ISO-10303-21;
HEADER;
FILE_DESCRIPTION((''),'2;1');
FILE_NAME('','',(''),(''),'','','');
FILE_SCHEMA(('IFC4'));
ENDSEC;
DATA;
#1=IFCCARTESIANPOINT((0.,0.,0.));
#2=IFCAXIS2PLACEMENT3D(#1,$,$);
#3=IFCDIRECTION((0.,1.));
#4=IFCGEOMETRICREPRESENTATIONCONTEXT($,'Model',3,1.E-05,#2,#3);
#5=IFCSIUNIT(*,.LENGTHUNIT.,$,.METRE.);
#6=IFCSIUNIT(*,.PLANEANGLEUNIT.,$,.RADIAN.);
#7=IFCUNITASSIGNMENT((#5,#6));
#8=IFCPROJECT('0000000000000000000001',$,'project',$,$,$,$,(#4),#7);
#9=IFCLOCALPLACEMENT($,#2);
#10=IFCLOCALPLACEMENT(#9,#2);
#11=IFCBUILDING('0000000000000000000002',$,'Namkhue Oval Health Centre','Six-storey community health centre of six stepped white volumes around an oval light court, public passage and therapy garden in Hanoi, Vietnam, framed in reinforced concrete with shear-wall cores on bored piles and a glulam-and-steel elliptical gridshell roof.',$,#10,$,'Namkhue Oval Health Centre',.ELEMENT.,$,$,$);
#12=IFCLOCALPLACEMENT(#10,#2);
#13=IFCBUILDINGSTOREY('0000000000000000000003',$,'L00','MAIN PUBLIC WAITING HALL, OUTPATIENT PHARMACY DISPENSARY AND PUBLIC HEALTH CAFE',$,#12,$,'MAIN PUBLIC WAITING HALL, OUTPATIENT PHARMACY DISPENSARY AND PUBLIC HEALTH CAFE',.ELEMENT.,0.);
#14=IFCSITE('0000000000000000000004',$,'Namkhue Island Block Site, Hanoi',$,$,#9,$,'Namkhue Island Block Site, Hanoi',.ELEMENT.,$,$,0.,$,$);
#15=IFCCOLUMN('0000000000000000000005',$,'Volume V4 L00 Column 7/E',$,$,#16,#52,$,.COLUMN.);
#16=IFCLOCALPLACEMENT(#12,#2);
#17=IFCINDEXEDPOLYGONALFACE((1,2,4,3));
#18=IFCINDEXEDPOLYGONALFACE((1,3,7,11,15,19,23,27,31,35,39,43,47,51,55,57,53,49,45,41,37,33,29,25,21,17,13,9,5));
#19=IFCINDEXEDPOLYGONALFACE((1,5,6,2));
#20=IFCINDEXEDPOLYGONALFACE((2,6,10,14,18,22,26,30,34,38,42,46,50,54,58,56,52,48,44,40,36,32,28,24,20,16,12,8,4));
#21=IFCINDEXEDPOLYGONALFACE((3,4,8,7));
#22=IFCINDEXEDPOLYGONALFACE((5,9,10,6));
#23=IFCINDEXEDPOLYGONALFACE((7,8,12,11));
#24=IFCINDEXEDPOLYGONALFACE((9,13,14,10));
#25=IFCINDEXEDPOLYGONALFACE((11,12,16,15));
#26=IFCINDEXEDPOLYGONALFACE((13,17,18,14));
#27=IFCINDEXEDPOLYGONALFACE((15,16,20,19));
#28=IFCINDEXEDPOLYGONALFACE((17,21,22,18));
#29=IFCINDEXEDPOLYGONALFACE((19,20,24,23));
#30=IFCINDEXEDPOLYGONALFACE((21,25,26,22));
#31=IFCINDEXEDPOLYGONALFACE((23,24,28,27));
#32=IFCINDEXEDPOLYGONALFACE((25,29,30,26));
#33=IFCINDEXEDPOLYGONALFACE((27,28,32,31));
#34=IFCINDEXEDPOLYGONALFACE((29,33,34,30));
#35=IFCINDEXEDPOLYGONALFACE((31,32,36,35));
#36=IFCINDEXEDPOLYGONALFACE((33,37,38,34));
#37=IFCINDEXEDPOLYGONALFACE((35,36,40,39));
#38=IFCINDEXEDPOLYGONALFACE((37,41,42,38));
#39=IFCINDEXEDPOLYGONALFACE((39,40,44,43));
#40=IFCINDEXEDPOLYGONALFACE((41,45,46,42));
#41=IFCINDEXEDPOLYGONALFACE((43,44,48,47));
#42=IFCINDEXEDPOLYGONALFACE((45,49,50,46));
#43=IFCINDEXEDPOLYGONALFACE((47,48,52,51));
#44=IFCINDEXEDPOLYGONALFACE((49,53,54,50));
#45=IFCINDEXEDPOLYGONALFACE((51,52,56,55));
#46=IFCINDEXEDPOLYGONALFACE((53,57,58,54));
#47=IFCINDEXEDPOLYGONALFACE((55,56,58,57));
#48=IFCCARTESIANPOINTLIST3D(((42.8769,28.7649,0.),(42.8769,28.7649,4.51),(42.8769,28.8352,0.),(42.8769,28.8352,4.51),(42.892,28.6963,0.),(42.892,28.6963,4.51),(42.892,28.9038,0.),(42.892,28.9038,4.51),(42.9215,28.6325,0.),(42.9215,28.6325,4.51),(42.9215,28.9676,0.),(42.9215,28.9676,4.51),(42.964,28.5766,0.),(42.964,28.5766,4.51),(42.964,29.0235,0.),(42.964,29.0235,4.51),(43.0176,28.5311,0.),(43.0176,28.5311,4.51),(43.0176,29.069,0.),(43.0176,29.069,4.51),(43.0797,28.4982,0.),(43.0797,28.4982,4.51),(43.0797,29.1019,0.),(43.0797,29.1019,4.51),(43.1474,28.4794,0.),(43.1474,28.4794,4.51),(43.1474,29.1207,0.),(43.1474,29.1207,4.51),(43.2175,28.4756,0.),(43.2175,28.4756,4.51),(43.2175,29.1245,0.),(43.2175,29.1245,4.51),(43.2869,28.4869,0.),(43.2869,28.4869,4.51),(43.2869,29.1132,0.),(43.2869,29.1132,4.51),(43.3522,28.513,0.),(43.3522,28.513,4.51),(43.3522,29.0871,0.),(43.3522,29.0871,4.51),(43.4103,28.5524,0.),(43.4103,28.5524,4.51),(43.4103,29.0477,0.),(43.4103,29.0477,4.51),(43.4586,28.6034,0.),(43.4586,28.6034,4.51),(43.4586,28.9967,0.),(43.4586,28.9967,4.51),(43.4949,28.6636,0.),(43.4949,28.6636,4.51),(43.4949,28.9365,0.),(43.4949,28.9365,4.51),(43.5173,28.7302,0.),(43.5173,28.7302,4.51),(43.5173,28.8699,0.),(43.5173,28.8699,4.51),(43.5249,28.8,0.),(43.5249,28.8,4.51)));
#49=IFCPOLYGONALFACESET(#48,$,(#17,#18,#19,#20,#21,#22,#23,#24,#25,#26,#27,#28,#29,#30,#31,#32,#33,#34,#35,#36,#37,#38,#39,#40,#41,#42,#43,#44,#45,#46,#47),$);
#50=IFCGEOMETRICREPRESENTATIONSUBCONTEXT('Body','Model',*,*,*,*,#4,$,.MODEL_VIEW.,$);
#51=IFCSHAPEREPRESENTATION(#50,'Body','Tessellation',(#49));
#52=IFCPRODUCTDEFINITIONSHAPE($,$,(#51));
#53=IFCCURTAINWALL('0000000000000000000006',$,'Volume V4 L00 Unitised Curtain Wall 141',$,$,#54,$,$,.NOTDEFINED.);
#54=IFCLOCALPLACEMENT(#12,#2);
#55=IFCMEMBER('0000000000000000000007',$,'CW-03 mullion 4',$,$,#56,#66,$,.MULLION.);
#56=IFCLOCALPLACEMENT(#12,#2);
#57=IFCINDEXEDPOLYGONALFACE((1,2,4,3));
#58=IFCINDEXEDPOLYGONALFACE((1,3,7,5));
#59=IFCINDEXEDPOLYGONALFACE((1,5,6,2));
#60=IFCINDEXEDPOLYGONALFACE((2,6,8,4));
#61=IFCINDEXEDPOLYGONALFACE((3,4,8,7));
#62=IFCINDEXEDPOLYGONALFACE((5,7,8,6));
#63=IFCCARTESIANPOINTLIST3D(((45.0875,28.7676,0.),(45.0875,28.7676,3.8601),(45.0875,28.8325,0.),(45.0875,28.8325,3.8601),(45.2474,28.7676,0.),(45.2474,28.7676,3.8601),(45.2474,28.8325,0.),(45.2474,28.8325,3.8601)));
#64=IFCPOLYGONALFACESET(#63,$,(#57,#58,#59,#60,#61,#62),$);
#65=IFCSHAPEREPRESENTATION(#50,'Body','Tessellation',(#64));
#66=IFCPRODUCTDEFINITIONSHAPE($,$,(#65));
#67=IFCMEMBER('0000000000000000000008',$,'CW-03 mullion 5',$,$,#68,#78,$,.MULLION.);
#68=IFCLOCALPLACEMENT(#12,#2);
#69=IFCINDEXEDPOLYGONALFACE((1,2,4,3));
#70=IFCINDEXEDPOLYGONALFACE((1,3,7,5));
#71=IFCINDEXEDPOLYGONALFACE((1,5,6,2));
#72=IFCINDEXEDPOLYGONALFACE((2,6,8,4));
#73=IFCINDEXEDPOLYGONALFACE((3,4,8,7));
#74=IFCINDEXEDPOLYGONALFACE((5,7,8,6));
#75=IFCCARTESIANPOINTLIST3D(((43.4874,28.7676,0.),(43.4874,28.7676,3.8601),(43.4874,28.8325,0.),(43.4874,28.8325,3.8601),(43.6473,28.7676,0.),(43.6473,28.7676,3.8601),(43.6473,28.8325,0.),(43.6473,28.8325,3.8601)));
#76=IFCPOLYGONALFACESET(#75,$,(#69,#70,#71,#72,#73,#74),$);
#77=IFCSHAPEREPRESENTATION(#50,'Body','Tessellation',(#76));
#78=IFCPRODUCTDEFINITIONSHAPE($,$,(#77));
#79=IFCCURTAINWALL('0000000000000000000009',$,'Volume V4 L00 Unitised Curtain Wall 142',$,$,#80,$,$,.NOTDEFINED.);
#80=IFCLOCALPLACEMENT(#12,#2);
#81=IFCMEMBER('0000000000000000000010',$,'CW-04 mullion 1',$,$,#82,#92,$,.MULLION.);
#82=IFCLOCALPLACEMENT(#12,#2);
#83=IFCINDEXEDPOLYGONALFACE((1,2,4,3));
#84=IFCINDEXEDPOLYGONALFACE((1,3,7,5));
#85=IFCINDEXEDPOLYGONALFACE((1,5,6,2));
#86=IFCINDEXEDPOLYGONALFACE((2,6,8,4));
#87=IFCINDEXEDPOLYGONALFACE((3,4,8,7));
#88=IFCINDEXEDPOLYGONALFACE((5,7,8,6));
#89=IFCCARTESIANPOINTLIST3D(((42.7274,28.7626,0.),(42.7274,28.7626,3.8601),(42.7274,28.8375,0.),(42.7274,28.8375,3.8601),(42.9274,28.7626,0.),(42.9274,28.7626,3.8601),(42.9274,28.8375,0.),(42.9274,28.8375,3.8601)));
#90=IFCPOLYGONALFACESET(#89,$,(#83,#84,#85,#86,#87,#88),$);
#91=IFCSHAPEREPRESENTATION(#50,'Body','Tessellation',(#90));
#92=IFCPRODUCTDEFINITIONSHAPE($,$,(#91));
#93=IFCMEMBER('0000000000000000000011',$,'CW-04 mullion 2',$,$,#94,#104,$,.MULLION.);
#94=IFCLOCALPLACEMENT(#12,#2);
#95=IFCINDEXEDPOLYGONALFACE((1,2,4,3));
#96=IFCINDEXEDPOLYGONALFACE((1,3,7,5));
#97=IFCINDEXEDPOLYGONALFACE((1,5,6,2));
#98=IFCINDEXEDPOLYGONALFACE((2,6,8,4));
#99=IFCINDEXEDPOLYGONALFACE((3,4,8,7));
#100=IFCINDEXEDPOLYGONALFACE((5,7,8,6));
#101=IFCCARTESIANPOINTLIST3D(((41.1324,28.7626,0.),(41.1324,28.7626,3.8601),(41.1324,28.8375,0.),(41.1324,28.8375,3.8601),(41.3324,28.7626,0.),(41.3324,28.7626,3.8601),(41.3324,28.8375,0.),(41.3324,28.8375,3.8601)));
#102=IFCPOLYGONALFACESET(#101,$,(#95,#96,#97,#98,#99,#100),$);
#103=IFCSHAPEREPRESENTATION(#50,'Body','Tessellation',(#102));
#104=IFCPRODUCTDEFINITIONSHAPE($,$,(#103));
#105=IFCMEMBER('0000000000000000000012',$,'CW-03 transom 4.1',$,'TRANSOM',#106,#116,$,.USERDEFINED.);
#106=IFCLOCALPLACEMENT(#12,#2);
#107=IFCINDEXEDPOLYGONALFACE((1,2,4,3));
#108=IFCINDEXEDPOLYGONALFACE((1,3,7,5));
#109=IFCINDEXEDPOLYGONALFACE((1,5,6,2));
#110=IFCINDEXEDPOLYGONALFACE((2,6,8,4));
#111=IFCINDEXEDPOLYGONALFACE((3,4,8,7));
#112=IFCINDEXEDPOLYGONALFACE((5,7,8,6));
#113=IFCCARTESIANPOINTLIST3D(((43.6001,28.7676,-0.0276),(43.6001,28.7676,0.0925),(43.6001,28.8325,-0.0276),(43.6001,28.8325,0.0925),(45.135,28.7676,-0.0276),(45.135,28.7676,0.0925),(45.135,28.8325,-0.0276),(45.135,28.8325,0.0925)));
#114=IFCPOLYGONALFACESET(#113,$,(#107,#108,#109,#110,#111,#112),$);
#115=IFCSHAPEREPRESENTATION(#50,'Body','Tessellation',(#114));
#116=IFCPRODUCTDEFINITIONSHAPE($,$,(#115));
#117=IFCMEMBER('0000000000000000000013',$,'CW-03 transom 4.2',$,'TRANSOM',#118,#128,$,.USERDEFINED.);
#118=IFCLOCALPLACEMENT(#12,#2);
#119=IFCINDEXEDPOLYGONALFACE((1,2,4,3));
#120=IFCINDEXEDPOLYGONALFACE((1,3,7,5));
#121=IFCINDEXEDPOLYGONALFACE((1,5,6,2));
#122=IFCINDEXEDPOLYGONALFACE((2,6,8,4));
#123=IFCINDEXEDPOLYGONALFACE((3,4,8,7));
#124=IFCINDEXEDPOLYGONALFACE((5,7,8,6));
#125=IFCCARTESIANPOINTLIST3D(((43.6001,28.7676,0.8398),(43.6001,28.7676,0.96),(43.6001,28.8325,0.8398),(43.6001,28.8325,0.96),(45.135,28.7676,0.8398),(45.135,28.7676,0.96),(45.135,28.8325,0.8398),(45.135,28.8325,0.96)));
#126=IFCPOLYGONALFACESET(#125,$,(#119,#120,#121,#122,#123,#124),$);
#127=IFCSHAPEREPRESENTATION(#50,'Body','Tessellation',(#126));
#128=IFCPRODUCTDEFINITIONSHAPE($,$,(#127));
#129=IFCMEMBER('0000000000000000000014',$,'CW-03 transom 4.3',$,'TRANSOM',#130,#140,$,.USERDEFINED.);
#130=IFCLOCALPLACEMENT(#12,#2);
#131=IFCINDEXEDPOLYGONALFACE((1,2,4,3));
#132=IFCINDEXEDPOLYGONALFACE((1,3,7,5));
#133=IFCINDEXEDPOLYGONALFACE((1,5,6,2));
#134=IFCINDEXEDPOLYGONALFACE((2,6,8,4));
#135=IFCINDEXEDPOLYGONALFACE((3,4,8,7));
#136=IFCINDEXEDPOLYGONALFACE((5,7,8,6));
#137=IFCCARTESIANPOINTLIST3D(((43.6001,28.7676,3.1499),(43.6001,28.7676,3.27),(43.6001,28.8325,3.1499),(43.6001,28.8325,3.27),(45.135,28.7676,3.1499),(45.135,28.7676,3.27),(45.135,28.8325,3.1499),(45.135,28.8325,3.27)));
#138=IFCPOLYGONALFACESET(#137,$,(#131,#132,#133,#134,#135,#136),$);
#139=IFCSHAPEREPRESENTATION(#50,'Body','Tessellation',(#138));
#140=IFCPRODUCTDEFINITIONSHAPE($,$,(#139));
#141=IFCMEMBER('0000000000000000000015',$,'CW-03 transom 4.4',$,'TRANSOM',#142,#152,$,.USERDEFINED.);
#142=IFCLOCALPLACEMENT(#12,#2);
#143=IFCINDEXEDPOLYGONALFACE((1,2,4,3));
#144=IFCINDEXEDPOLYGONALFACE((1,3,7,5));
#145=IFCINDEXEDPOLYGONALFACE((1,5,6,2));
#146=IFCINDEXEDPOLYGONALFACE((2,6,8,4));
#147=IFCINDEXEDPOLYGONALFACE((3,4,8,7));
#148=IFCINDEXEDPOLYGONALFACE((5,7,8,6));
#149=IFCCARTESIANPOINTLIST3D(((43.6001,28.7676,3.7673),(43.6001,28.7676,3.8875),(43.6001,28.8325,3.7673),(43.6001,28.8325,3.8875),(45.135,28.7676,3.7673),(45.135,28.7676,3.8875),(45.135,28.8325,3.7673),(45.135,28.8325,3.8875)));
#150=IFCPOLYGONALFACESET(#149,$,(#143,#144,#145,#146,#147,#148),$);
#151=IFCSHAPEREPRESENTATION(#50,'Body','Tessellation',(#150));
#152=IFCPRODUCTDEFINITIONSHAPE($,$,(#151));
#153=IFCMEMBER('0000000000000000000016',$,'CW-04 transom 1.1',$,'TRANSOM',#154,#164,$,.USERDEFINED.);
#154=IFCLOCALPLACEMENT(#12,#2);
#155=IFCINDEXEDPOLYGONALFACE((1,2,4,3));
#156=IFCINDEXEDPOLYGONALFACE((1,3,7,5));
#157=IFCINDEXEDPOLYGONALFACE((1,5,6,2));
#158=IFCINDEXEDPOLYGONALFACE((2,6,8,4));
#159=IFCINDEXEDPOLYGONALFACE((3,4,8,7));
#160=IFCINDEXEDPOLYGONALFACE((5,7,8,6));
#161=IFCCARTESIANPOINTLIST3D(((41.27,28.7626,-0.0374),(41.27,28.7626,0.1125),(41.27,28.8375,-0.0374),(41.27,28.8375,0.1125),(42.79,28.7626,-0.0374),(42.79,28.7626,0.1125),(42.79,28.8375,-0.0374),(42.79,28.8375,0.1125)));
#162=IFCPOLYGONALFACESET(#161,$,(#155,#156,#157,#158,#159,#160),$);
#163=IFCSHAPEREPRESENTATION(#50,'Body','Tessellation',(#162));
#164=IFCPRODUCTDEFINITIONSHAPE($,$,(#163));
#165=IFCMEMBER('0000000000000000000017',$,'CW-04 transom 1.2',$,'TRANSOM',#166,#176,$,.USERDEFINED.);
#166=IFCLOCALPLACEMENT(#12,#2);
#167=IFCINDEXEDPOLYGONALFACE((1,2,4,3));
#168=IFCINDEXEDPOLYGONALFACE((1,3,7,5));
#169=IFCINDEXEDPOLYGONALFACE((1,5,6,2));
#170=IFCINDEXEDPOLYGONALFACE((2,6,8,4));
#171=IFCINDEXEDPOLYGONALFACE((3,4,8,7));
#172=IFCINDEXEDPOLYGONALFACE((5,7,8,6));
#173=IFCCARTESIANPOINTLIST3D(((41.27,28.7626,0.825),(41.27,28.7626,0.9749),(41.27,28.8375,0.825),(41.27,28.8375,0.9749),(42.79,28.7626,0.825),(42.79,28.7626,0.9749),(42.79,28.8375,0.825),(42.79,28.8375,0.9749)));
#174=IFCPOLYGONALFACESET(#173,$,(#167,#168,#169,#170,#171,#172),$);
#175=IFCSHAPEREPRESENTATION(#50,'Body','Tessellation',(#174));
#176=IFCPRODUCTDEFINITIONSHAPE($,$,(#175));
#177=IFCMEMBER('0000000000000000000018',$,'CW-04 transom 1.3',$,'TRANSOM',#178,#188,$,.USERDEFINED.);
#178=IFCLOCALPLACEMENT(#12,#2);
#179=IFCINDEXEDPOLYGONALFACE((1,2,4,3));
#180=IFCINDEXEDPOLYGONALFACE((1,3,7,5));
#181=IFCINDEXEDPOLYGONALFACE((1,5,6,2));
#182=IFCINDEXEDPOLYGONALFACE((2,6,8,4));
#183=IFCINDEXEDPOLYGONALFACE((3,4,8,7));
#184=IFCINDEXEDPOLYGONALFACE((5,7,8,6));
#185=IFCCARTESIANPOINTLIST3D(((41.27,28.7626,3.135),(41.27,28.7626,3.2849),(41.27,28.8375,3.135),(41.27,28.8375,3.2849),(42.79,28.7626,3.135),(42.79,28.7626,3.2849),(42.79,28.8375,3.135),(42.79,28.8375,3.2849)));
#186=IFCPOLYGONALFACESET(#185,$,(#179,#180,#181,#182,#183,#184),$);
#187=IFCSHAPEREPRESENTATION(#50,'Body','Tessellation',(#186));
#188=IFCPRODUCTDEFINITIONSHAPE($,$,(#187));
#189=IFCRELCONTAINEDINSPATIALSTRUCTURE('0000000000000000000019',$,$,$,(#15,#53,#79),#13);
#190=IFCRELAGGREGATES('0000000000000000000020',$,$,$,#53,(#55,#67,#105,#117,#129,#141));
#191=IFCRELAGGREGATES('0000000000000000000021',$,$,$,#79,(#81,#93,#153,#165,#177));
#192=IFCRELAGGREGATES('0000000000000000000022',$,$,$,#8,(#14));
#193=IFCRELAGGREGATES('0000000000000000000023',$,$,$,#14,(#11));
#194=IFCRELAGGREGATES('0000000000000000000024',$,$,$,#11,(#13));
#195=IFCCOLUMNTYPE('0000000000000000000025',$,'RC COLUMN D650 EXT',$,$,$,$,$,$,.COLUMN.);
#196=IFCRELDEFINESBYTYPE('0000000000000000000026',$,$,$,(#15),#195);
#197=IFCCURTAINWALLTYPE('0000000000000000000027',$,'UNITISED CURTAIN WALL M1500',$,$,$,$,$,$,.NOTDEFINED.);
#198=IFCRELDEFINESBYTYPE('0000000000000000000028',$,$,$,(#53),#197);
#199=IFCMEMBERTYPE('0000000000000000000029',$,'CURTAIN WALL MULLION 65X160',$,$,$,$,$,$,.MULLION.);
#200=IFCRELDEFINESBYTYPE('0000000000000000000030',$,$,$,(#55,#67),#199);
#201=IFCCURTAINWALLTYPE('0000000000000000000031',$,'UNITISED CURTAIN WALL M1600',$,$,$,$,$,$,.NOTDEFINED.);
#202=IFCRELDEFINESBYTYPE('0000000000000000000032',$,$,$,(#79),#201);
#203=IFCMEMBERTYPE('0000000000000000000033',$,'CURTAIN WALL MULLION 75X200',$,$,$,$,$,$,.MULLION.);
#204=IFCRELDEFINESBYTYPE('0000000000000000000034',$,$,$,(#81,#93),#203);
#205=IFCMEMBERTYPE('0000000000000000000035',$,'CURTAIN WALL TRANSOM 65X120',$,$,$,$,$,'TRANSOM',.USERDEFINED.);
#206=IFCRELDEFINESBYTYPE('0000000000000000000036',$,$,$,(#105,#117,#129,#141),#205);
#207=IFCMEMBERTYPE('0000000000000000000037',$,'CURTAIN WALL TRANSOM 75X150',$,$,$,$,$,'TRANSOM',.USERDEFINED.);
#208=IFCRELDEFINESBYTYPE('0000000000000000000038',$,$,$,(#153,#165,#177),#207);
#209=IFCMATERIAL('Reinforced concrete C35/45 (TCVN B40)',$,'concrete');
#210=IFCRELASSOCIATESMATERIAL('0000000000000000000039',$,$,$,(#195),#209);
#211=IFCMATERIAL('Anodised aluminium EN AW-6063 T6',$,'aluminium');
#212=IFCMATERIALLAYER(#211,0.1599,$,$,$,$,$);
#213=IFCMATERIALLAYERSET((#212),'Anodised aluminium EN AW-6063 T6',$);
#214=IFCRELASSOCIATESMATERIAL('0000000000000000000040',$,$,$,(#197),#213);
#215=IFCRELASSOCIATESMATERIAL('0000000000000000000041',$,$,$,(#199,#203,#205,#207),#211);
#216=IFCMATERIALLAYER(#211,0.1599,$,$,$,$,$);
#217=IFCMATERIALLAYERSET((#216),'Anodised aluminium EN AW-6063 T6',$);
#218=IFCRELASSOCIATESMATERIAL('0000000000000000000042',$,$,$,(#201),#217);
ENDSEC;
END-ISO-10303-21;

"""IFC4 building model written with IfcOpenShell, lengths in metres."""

from ifc_helpers import new_model, si_unit, direction, frame, origin, origin_2d, place, context, subcontext, project, spatial, rectangle, circle, extrude, material, layer, layer_set, material_profile, profile_set, type_object, element, aggregate, save


model = new_model("IFC4")

# Units and contexts
model_context = context("Model", 3, precision=1e-05, world=origin(), true_north=direction((0.0, 1.0)))
body_context = subcontext(model_context, "Body", "Model", "MODEL_VIEW")
ifc_project = project(units=[si_unit("LENGTHUNIT", "METRE"), si_unit("PLANEANGLEUNIT", "RADIAN")], contexts=[model_context])

# Site, building, storey
site_placement = place(None, origin())
site = spatial("IfcSite", under=ifc_project, at=site_placement, Name="Namkhue Island Block Site, Hanoi", LongName="Namkhue Island Block Site, Hanoi", CompositionType="ELEMENT", RefElevation=0.0)
building_placement = place(site_placement, origin())
building = spatial("IfcBuilding", under=site, at=building_placement, Name="Namkhue Oval Health Centre", Description="Six-storey community health centre of six stepped white volumes around an oval light court, public passage and therapy garden in Hanoi, Vietnam, framed in reinforced concrete with shear-wall cores on bored piles and a glulam-and-steel elliptical gridshell roof.", LongName="Namkhue Oval Health Centre", CompositionType="ELEMENT")
storey_placement = place(building_placement, origin())
storey = spatial("IfcBuildingStorey", under=building, at=storey_placement, Name="L00", Description="MAIN PUBLIC WAITING HALL, OUTPATIENT PHARMACY DISPENSARY AND PUBLIC HEALTH CAFE", LongName="MAIN PUBLIC WAITING HALL, OUTPATIENT PHARMACY DISPENSARY AND PUBLIC HEALTH CAFE", CompositionType="ELEMENT", Elevation=0.0)

# Column
ifc_material_1 = material(Name="Reinforced concrete C35/45 (TCVN B40)", Category="concrete")
ifc_material_profile_1 = material_profile(ifc_material_1, circle(Radius=0.325, at=origin_2d()), Name="RC D650")
ifc_profile_set_1 = profile_set([ifc_material_profile_1], Name="Reinforced concrete C35/45 (TCVN B40)")
column_type = type_object("IfcColumnType", Name="RC COLUMN D650 EXT", PredefinedType="COLUMN", material=ifc_profile_set_1)
column_placement = place(storey_placement, frame((43.2, 28.8, 0.0), z_axis=(0.0, 0.0, 1.0), x_axis=(1.0, 0.0, 0.0)))
element("IfcColumn", 1, at=column_placement, inside=storey, type_object=column_type, Name="Volume V4 L00 Column 7/E", PredefinedType="COLUMN", context=body_context, shape_type="SweptSolid", body=[
    extrude(circle(Radius=0.325, at=origin_2d()), origin(), (0.0, 0.0, 1.0), 4.51),
])

# Curtain walls, members
ifc_material_2 = material(Name="Anodised aluminium EN AW-6063 T6", Category="aluminium")
ifc_layer_1 = layer(ifc_material_2, 0.1599)
ifc_layer_set_1 = layer_set([ifc_layer_1], Name="Anodised aluminium EN AW-6063 T6")
curtain_wall_type_1 = type_object("IfcCurtainWallType", Name="UNITISED CURTAIN WALL M1500", PredefinedType="NOTDEFINED", material=ifc_layer_set_1)
curtain_wall_1_placement = place(storey_placement, origin())
curtain_wall_1 = element("IfcCurtainWall", 2, at=curtain_wall_1_placement, inside=storey, type_object=curtain_wall_type_1, Name="Volume V4 L00 Unitised Curtain Wall 141", PredefinedType="NOTDEFINED")
ifc_material_profile_2 = material_profile(ifc_material_2, rectangle(XDim=0.0649, YDim=0.1599, at=origin_2d()), Name="ALU 65x160")
ifc_profile_set_2 = profile_set([ifc_material_profile_2], Name="Anodised aluminium EN AW-6063 T6")
member_type_1 = type_object("IfcMemberType", Name="CURTAIN WALL MULLION 65X160", PredefinedType="MULLION", material=ifc_profile_set_2)
member_1_placement = place(storey_placement, frame((45.1675, 28.8, 0.0), z_axis=(0.0, 0.0, 1.0), x_axis=(0.0, -1.0, 0.0)))
member_1 = element("IfcMember", 3, at=member_1_placement, type_object=member_type_1, Name="CW-03 mullion 4", PredefinedType="MULLION", context=body_context, shape_type="SweptSolid", body=[
    extrude(rectangle(XDim=0.0649, YDim=0.1599, at=origin_2d()), origin(), (0.0, 0.0, 1.0), 3.8601),
])
member_2_placement = place(storey_placement, frame((43.5674, 28.8, 0.0), z_axis=(0.0, 0.0, 1.0), x_axis=(0.0, -1.0, 0.0)))
member_2 = element("IfcMember", 4, at=member_2_placement, type_object=member_type_1, Name="CW-03 mullion 5", PredefinedType="MULLION", context=body_context, shape_type="SweptSolid", body=[
    extrude(rectangle(XDim=0.0649, YDim=0.1599, at=origin_2d()), origin(), (0.0, 0.0, 1.0), 3.8601),
])
ifc_layer_2 = layer(ifc_material_2, 0.1599)
ifc_layer_set_2 = layer_set([ifc_layer_2], Name="Anodised aluminium EN AW-6063 T6")
curtain_wall_type_2 = type_object("IfcCurtainWallType", Name="UNITISED CURTAIN WALL M1600", PredefinedType="NOTDEFINED", material=ifc_layer_set_2)
curtain_wall_2_placement = place(storey_placement, origin())
curtain_wall_2 = element("IfcCurtainWall", 5, at=curtain_wall_2_placement, inside=storey, type_object=curtain_wall_type_2, Name="Volume V4 L00 Unitised Curtain Wall 142", PredefinedType="NOTDEFINED")
ifc_material_profile_3 = material_profile(ifc_material_2, rectangle(XDim=0.075, YDim=0.2, at=origin_2d()), Name="ALU 75x200")
ifc_profile_set_3 = profile_set([ifc_material_profile_3], Name="Anodised aluminium EN AW-6063 T6")
member_type_2 = type_object("IfcMemberType", Name="CURTAIN WALL MULLION 75X200", PredefinedType="MULLION", material=ifc_profile_set_3)
member_3_placement = place(storey_placement, frame((42.8274, 28.8, 0.0), z_axis=(0.0, 0.0, 1.0), x_axis=(0.0, -1.0, 0.0)))
member_3 = element("IfcMember", 6, at=member_3_placement, type_object=member_type_2, Name="CW-04 mullion 1", PredefinedType="MULLION", context=body_context, shape_type="SweptSolid", body=[
    extrude(rectangle(XDim=0.075, YDim=0.2, at=origin_2d()), origin(), (0.0, 0.0, 1.0), 3.8601),
])
member_4_placement = place(storey_placement, frame((41.2324, 28.8, 0.0), z_axis=(0.0, 0.0, 1.0), x_axis=(0.0, -1.0, 0.0)))
member_4 = element("IfcMember", 7, at=member_4_placement, type_object=member_type_2, Name="CW-04 mullion 2", PredefinedType="MULLION", context=body_context, shape_type="SweptSolid", body=[
    extrude(rectangle(XDim=0.075, YDim=0.2, at=origin_2d()), origin(), (0.0, 0.0, 1.0), 3.8601),
])

# Members
ifc_material_profile_4 = material_profile(ifc_material_2, rectangle(XDim=0.0649, YDim=0.1201, at=origin_2d()), Name="ALU 65x120")
ifc_profile_set_4 = profile_set([ifc_material_profile_4], Name="Anodised aluminium EN AW-6063 T6")
member_type_3 = type_object("IfcMemberType", Name="CURTAIN WALL TRANSOM 65X120", ElementType="TRANSOM", PredefinedType="USERDEFINED", material=ifc_profile_set_4)
member_5_placement = place(storey_placement, frame((45.135, 28.8, 0.0325), z_axis=(-1.0, 0.0, 0.0), x_axis=(0.0, -1.0, 0.0)))
member_5 = element("IfcMember", 8, at=member_5_placement, type_object=member_type_3, Name="CW-03 transom 4.1", ObjectType="TRANSOM", PredefinedType="USERDEFINED", context=body_context, shape_type="SweptSolid", body=[
    extrude(rectangle(XDim=0.0649, YDim=0.1201, at=origin_2d()), origin(), (0.0, 0.0, 1.0), 1.5349),
])
member_6_placement = place(storey_placement, frame((45.135, 28.8, 0.8999), z_axis=(-1.0, 0.0, 0.0), x_axis=(0.0, -1.0, 0.0)))
member_6 = element("IfcMember", 9, at=member_6_placement, type_object=member_type_3, Name="CW-03 transom 4.2", ObjectType="TRANSOM", PredefinedType="USERDEFINED", context=body_context, shape_type="SweptSolid", body=[
    extrude(rectangle(XDim=0.0649, YDim=0.1201, at=origin_2d()), origin(), (0.0, 0.0, 1.0), 1.5349),
])
member_7_placement = place(storey_placement, frame((45.135, 28.8, 3.21), z_axis=(-1.0, 0.0, 0.0), x_axis=(0.0, -1.0, 0.0)))
member_7 = element("IfcMember", 10, at=member_7_placement, type_object=member_type_3, Name="CW-03 transom 4.3", ObjectType="TRANSOM", PredefinedType="USERDEFINED", context=body_context, shape_type="SweptSolid", body=[
    extrude(rectangle(XDim=0.0649, YDim=0.1201, at=origin_2d()), origin(), (0.0, 0.0, 1.0), 1.5349),
])
member_8_placement = place(storey_placement, frame((45.135, 28.8, 3.8274), z_axis=(-1.0, 0.0, 0.0), x_axis=(0.0, -1.0, 0.0)))
member_8 = element("IfcMember", 11, at=member_8_placement, type_object=member_type_3, Name="CW-03 transom 4.4", ObjectType="TRANSOM", PredefinedType="USERDEFINED", context=body_context, shape_type="SweptSolid", body=[
    extrude(rectangle(XDim=0.0649, YDim=0.1201, at=origin_2d()), origin(), (0.0, 0.0, 1.0), 1.5349),
])
ifc_material_profile_5 = material_profile(ifc_material_2, rectangle(XDim=0.075, YDim=0.1499, at=origin_2d()), Name="ALU 75x150")
ifc_profile_set_5 = profile_set([ifc_material_profile_5], Name="Anodised aluminium EN AW-6063 T6")
member_type_4 = type_object("IfcMemberType", Name="CURTAIN WALL TRANSOM 75X150", ElementType="TRANSOM", PredefinedType="USERDEFINED", material=ifc_profile_set_5)
member_9_placement = place(storey_placement, frame((42.79, 28.8, 0.0376), z_axis=(-1.0, 0.0, 0.0), x_axis=(0.0, -1.0, 0.0)))
member_9 = element("IfcMember", 12, at=member_9_placement, type_object=member_type_4, Name="CW-04 transom 1.1", ObjectType="TRANSOM", PredefinedType="USERDEFINED", context=body_context, shape_type="SweptSolid", body=[
    extrude(rectangle(XDim=0.075, YDim=0.1499, at=origin_2d()), origin(), (0.0, 0.0, 1.0), 1.52),
])
member_10_placement = place(storey_placement, frame((42.79, 28.8, 0.8999), z_axis=(-1.0, 0.0, 0.0), x_axis=(0.0, -1.0, 0.0)))
member_10 = element("IfcMember", 13, at=member_10_placement, type_object=member_type_4, Name="CW-04 transom 1.2", ObjectType="TRANSOM", PredefinedType="USERDEFINED", context=body_context, shape_type="SweptSolid", body=[
    extrude(rectangle(XDim=0.075, YDim=0.1499, at=origin_2d()), origin(), (0.0, 0.0, 1.0), 1.52),
])
member_11_placement = place(storey_placement, frame((42.79, 28.8, 3.21), z_axis=(-1.0, 0.0, 0.0), x_axis=(0.0, -1.0, 0.0)))
member_11 = element("IfcMember", 14, at=member_11_placement, type_object=member_type_4, Name="CW-04 transom 1.3", ObjectType="TRANSOM", PredefinedType="USERDEFINED", context=body_context, shape_type="SweptSolid", body=[
    extrude(rectangle(XDim=0.075, YDim=0.1499, at=origin_2d()), origin(), (0.0, 0.0, 1.0), 1.52),
])

aggregate(curtain_wall_1, [member_1, member_2, member_5, member_6, member_7, member_8])
aggregate(curtain_wall_2, [member_3, member_4, member_9, member_10, member_11])

save(model, "model.ifc")
